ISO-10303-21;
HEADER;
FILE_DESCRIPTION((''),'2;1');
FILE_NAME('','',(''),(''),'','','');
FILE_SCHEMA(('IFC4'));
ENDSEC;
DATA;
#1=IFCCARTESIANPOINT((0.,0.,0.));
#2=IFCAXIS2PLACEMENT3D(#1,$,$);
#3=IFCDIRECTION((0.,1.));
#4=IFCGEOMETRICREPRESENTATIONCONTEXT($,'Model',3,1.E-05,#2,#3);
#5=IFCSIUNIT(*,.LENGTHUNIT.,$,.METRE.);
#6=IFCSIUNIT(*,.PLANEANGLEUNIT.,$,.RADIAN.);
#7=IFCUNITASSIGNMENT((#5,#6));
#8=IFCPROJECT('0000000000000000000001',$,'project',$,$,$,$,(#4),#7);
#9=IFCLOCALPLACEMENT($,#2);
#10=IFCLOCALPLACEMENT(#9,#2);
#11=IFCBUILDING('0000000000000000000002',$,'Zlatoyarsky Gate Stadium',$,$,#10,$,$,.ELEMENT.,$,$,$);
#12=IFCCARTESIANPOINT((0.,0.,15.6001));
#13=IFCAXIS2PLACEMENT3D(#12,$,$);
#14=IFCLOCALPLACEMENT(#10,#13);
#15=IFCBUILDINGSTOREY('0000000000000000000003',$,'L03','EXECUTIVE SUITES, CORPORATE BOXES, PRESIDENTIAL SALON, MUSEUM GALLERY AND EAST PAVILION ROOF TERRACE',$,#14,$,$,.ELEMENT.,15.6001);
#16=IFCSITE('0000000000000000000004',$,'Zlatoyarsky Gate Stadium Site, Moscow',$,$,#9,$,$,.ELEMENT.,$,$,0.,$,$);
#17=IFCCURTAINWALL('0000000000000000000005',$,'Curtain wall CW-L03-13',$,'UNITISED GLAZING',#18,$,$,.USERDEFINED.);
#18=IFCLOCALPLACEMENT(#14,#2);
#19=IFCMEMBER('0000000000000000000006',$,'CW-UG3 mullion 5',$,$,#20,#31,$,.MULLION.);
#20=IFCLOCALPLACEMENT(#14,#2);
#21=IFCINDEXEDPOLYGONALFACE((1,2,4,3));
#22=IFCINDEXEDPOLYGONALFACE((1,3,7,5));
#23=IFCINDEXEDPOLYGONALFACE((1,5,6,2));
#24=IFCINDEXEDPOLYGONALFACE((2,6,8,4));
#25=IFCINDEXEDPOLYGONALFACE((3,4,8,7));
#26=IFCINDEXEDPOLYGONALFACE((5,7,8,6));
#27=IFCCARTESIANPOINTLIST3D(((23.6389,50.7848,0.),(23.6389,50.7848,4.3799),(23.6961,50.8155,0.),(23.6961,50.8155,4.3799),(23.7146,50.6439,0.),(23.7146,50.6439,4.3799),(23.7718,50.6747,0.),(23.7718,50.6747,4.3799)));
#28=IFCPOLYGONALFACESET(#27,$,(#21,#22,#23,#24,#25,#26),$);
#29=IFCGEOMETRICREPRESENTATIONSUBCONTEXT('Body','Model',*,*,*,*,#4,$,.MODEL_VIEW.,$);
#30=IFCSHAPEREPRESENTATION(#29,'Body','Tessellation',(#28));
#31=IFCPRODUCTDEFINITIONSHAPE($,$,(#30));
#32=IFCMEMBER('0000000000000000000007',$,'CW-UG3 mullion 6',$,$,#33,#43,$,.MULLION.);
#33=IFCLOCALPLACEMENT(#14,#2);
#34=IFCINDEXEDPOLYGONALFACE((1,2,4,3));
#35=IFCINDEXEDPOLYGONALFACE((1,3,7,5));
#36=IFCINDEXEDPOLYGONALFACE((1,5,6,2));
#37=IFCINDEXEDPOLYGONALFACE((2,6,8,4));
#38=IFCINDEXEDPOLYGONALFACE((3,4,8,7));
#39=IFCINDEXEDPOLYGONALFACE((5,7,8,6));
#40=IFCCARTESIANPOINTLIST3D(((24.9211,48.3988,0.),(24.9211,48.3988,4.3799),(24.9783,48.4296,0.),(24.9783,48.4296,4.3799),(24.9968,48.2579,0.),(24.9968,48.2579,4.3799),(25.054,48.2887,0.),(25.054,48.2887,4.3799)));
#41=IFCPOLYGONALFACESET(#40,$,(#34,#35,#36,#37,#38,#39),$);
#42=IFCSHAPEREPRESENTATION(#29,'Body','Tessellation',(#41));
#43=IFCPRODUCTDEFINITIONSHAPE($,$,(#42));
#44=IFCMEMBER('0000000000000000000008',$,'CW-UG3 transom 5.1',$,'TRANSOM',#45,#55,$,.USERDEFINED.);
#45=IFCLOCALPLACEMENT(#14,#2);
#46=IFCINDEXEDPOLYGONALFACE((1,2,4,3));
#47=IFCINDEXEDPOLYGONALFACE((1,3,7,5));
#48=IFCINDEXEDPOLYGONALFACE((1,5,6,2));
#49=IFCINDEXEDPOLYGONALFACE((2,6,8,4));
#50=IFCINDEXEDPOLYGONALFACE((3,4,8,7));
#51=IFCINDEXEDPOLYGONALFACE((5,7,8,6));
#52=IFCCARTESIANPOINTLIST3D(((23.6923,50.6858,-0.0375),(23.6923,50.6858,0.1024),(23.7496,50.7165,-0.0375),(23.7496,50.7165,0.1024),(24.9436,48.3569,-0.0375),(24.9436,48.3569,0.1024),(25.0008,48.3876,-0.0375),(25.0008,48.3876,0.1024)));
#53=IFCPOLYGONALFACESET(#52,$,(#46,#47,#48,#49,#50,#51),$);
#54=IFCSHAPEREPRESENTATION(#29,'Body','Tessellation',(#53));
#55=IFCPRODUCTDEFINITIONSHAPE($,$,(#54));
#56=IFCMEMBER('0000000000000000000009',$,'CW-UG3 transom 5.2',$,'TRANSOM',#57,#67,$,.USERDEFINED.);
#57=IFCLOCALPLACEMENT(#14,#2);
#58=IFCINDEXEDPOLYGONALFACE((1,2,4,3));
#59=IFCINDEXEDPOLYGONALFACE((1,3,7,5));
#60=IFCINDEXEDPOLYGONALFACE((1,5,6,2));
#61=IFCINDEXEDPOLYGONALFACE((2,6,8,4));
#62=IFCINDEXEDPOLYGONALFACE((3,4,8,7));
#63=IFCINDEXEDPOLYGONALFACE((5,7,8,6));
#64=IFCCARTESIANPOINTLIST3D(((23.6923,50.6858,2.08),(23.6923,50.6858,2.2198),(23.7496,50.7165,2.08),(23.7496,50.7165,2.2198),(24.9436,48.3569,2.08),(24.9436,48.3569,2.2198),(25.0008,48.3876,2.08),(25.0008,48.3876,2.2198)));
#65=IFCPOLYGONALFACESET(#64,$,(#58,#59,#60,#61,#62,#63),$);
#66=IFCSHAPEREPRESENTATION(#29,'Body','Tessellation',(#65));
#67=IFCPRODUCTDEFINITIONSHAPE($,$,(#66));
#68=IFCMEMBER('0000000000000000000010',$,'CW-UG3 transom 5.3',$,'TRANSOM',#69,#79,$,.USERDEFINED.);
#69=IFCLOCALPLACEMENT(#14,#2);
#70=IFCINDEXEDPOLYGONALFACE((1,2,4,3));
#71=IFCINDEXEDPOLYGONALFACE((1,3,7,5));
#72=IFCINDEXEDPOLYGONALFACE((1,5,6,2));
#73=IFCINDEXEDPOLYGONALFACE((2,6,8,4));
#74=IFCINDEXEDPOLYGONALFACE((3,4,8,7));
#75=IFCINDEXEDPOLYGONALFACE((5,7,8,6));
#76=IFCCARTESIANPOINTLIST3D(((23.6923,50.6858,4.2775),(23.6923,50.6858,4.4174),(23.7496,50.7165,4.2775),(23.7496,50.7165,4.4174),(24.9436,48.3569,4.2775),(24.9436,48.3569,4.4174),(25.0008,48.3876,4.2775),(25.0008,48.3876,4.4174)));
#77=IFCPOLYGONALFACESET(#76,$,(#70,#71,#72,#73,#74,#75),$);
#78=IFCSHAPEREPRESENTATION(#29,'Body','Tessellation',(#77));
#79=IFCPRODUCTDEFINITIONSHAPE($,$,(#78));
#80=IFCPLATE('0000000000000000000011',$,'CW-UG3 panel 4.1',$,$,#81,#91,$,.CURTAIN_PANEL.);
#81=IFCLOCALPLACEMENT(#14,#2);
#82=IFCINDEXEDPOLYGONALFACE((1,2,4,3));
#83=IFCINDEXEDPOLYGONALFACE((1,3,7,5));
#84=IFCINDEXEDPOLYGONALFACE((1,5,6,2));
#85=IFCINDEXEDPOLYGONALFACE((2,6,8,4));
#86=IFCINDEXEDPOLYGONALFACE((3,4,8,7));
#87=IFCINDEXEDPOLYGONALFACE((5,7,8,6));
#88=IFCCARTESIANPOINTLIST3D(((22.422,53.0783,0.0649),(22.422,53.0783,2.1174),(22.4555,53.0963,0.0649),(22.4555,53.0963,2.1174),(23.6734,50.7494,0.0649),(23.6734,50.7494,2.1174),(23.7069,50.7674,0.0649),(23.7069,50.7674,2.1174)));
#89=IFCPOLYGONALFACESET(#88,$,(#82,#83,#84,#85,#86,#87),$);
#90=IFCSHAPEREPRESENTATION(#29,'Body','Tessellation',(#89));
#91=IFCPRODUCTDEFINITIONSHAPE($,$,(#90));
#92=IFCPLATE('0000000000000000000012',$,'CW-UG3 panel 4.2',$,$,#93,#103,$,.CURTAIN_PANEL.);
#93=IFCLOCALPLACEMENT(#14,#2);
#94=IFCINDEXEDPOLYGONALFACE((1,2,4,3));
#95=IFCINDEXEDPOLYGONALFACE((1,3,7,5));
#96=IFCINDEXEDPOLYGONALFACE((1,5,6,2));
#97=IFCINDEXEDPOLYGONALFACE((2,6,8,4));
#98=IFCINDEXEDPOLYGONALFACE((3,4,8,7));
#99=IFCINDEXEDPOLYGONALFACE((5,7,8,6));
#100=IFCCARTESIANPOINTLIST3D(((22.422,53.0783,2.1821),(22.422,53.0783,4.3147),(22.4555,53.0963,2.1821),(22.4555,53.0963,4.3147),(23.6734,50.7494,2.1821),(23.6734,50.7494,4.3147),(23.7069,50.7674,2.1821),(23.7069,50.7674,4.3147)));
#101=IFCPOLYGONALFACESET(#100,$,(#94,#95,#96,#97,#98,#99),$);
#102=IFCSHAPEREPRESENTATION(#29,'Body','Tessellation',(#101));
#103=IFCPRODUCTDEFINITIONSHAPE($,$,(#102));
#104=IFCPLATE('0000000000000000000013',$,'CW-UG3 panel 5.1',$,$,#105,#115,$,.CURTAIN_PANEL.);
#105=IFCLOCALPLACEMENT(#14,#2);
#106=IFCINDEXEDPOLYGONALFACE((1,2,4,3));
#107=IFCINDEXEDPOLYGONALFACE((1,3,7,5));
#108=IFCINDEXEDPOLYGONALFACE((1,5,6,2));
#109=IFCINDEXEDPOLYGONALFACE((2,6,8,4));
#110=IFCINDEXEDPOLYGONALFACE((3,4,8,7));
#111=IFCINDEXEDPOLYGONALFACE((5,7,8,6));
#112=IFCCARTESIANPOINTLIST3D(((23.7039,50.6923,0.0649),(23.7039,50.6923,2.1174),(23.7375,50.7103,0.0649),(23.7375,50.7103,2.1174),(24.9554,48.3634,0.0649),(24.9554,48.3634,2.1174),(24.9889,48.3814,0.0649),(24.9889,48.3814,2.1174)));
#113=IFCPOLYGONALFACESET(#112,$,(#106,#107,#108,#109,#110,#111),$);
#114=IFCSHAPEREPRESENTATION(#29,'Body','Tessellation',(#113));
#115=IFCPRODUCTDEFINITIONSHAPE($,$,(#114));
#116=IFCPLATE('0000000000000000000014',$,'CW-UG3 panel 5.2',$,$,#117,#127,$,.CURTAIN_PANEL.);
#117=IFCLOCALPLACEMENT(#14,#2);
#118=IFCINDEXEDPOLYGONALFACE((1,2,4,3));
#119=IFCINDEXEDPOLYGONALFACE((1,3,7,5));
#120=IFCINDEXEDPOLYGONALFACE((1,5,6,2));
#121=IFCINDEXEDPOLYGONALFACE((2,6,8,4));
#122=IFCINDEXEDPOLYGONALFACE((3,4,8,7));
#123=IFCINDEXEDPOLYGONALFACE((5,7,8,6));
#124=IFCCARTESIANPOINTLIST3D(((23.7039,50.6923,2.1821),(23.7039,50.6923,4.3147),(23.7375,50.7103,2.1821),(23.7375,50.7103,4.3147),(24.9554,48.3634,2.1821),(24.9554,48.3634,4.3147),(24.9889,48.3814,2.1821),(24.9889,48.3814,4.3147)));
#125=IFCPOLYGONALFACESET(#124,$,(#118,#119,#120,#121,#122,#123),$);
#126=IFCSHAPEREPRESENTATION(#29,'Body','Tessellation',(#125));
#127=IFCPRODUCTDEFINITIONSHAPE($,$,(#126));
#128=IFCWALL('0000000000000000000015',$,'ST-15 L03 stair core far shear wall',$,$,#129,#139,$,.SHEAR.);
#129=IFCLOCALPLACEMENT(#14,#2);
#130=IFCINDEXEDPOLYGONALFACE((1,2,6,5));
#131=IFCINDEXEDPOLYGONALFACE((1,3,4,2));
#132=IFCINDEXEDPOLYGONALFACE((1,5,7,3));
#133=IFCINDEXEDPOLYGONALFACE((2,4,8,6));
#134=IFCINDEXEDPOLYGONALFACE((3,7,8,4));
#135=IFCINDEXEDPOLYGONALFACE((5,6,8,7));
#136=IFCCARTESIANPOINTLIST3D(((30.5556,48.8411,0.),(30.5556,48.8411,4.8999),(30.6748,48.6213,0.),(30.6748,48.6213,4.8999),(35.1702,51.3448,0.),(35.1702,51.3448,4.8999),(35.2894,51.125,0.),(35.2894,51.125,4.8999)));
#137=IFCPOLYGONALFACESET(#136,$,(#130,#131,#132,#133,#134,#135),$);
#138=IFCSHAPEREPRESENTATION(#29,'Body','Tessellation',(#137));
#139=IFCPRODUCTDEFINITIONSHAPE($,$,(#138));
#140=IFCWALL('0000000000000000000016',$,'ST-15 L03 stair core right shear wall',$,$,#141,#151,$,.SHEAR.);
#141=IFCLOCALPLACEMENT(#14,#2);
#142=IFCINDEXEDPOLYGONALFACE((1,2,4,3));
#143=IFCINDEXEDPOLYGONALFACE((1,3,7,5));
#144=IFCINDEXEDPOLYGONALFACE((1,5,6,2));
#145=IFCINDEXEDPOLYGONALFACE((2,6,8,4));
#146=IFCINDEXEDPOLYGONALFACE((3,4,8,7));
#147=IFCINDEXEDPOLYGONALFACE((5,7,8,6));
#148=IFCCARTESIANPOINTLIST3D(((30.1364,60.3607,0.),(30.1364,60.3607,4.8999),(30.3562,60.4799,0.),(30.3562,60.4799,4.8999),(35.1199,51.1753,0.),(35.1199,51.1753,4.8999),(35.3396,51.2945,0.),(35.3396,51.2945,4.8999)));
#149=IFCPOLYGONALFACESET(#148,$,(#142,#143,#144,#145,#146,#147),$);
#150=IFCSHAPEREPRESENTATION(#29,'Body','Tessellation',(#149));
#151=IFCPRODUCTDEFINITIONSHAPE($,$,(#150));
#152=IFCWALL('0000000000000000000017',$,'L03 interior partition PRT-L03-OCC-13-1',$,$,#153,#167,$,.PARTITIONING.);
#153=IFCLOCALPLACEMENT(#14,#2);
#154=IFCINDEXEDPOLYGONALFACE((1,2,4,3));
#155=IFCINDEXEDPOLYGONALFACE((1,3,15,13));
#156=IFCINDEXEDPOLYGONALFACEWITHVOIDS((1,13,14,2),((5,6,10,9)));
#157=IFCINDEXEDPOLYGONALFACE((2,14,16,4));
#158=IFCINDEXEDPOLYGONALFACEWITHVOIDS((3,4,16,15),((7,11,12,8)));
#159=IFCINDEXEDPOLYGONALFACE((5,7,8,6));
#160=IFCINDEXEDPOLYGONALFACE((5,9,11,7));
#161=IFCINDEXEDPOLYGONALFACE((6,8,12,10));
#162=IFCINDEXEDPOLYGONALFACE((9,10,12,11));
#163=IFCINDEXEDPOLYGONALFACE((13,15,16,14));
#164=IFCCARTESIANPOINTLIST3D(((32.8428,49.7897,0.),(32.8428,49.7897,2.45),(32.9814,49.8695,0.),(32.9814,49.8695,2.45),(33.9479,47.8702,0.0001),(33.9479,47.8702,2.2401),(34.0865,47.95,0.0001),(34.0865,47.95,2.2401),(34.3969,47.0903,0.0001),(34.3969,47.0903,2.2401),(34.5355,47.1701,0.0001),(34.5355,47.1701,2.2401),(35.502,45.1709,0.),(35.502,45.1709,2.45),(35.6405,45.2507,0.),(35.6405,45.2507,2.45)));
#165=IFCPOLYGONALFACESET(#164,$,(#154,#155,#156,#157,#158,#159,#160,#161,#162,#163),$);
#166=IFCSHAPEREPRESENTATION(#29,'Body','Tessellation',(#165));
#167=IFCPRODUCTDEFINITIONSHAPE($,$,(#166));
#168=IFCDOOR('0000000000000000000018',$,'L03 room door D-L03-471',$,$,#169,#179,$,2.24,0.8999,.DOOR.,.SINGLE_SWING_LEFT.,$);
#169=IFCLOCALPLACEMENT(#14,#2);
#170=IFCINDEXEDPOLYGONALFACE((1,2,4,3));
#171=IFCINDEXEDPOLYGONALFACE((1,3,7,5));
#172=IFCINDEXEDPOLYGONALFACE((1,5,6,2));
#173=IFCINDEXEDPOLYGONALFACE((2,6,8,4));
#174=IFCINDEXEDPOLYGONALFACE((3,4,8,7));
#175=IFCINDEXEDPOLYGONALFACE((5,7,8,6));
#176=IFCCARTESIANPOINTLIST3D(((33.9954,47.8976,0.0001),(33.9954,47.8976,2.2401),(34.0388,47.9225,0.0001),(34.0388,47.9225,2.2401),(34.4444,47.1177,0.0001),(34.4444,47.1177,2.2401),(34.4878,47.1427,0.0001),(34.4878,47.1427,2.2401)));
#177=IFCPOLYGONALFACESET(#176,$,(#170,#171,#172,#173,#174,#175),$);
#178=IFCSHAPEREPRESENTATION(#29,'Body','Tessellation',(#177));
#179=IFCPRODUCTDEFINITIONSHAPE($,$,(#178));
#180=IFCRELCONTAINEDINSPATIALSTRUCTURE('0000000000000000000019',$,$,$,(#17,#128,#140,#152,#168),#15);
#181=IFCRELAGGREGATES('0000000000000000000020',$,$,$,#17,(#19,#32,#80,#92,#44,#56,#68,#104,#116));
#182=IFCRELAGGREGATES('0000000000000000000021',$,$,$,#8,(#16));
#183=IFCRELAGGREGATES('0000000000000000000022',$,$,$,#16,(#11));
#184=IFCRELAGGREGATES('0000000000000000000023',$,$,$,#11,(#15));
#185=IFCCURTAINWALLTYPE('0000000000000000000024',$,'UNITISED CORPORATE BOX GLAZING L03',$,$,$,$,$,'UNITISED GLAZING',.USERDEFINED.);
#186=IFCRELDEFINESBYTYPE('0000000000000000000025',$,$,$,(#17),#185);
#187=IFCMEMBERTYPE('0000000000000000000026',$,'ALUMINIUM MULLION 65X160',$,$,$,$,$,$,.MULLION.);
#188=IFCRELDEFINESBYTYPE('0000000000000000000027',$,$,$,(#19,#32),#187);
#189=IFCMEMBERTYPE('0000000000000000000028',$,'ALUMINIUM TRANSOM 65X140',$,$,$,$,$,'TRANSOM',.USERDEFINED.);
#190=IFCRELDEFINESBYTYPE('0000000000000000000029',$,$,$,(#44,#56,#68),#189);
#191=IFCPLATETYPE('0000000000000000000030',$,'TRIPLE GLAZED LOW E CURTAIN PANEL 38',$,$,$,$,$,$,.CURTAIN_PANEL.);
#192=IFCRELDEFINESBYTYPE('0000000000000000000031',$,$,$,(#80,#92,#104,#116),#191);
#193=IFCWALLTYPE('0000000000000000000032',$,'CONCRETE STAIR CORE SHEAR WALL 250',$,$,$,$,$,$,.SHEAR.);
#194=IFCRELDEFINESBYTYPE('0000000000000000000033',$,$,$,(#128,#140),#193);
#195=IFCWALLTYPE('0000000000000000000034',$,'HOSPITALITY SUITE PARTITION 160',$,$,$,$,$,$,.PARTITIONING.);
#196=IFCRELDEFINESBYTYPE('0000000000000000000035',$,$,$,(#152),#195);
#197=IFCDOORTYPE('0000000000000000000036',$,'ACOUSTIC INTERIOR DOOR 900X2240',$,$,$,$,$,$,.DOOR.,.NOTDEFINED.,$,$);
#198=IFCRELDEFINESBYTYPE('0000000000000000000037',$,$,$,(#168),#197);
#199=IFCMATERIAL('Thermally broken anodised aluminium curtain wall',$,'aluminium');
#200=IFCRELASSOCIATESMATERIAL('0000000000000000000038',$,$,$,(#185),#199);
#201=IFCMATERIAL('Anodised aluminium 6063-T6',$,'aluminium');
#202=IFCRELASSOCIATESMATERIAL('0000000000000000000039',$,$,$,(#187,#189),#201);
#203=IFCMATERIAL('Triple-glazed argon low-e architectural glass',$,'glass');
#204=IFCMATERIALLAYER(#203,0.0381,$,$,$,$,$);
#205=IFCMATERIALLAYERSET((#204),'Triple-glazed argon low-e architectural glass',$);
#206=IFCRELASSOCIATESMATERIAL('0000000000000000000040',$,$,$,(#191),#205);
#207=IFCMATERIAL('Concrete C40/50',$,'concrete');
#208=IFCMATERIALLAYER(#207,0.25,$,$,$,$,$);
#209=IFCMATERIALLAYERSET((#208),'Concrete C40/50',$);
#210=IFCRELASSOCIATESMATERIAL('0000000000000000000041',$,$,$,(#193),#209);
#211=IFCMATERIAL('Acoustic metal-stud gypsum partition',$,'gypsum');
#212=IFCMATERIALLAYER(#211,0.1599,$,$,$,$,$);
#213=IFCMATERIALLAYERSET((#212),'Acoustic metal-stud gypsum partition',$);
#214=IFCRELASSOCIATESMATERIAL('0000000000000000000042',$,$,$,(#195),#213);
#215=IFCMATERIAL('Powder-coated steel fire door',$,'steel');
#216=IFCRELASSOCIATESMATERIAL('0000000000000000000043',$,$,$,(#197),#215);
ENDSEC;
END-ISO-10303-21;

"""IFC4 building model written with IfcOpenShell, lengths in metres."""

from ifc_helpers import new_model, si_unit, direction, frame, frame_2d, origin, origin_2d, place, context, subcontext, project, spatial, rectangle, extrude, material, layer, layer_set, material_profile, profile_set, type_object, element, fill, aggregate, save


model = new_model("IFC4")

# Units and contexts
model_context = context("Model", 3, precision=1e-05, world=origin(), true_north=direction((0.0, 1.0)))
body_context = subcontext(model_context, "Body", "Model", "MODEL_VIEW")
ifc_project = project(units=[si_unit("LENGTHUNIT", "METRE"), si_unit("PLANEANGLEUNIT", "RADIAN")], contexts=[model_context])

# Site, building, storey
site_placement = place(None, origin())
site = spatial("IfcSite", under=ifc_project, at=site_placement, Name="Zlatoyarsky Gate Stadium Site, Moscow", CompositionType="ELEMENT", RefElevation=0.0)
building_placement = place(site_placement, origin())
building = spatial("IfcBuilding", under=site, at=building_placement, Name="Zlatoyarsky Gate Stadium", CompositionType="ELEMENT")
storey_placement = place(building_placement, frame((0.0, 0.0, 15.6001)))
storey = spatial("IfcBuildingStorey", under=building, at=storey_placement, Name="L03", Description="EXECUTIVE SUITES, CORPORATE BOXES, PRESIDENTIAL SALON, MUSEUM GALLERY AND EAST PAVILION ROOF TERRACE", CompositionType="ELEMENT", Elevation=15.6001)

# Curtain wall, members, plates
ifc_material_1 = material(Name="Thermally broken anodised aluminium curtain wall", Category="aluminium")
curtain_wall_type = type_object("IfcCurtainWallType", Name="UNITISED CORPORATE BOX GLAZING L03", ElementType="UNITISED GLAZING", PredefinedType="USERDEFINED", material=ifc_material_1)
curtain_wall_placement = place(storey_placement, origin())
curtain_wall = element("IfcCurtainWall", 1, at=curtain_wall_placement, inside=storey, type_object=curtain_wall_type, Name="Curtain wall CW-L03-13", ObjectType="UNITISED GLAZING", PredefinedType="USERDEFINED")
ifc_material_2 = material(Name="Anodised aluminium 6063-T6", Category="aluminium")
ifc_material_profile_1 = material_profile(ifc_material_2, rectangle(XDim=0.0649, YDim=0.1599, at=origin_2d()), Name="ALU 65X160")
ifc_profile_set_1 = profile_set([ifc_material_profile_1], Name="Anodised aluminium 6063-T6")
member_type_1 = type_object("IfcMemberType", Name="ALUMINIUM MULLION 65X160", PredefinedType="MULLION", material=ifc_profile_set_1)
member_1_placement = place(storey_placement, frame((23.7053, 50.7297, 0.0), z_axis=(0.0, 0.0, 1.0), x_axis=(0.880877, 0.473345, 0.0)))
member_1 = element("IfcMember", 2, at=member_1_placement, type_object=member_type_1, Name="CW-UG3 mullion 5", PredefinedType="MULLION", context=body_context, shape_type="SweptSolid", body=[
    extrude(rectangle(XDim=0.0649, YDim=0.1599, at=origin_2d()), origin(), (0.0, 0.0, 1.0), 4.3799),
])
member_2_placement = place(storey_placement, frame((24.9875, 48.3438, 0.0), z_axis=(0.0, 0.0, 1.0), x_axis=(0.880877, 0.473345, 0.0)))
member_2 = element("IfcMember", 3, at=member_2_placement, type_object=member_type_1, Name="CW-UG3 mullion 6", PredefinedType="MULLION", context=body_context, shape_type="SweptSolid", body=[
    extrude(rectangle(XDim=0.0649, YDim=0.1599, at=origin_2d()), origin(), (0.0, 0.0, 1.0), 4.3799),
])
ifc_material_profile_2 = material_profile(ifc_material_2, rectangle(XDim=0.0649, YDim=0.1399, at=origin_2d()), Name="ALU 65X140")
ifc_profile_set_2 = profile_set([ifc_material_profile_2], Name="Anodised aluminium 6063-T6")
member_type_2 = type_object("IfcMemberType", Name="ALUMINIUM TRANSOM 65X140", ElementType="TRANSOM", PredefinedType="USERDEFINED", material=ifc_profile_set_2)
member_3_placement = place(storey_placement, frame((23.7209, 50.7012, 0.0325), z_axis=(0.473285, -0.88091, 0.0), x_axis=(0.88091, 0.473285, 0.0)))
member_3 = element("IfcMember", 4, at=member_3_placement, type_object=member_type_2, Name="CW-UG3 transom 5.1", ObjectType="TRANSOM", PredefinedType="USERDEFINED", context=body_context, shape_type="SweptSolid", body=[
    extrude(rectangle(XDim=0.0649, YDim=0.1399, at=origin_2d()), origin(), (0.0, 0.0, 1.0), 2.6438),
])
member_4_placement = place(storey_placement, frame((23.7209, 50.7012, 2.1499), z_axis=(0.473285, -0.88091, 0.0), x_axis=(0.88091, 0.473285, 0.0)))
member_4 = element("IfcMember", 5, at=member_4_placement, type_object=member_type_2, Name="CW-UG3 transom 5.2", ObjectType="TRANSOM", PredefinedType="USERDEFINED", context=body_context, shape_type="SweptSolid", body=[
    extrude(rectangle(XDim=0.0649, YDim=0.1399, at=origin_2d()), origin(), (0.0, 0.0, 1.0), 2.6438),
])
member_5_placement = place(storey_placement, frame((23.7209, 50.7012, 4.3474), z_axis=(0.473285, -0.88091, 0.0), x_axis=(0.88091, 0.473285, 0.0)))
member_5 = element("IfcMember", 6, at=member_5_placement, type_object=member_type_2, Name="CW-UG3 transom 5.3", ObjectType="TRANSOM", PredefinedType="USERDEFINED", context=body_context, shape_type="SweptSolid", body=[
    extrude(rectangle(XDim=0.0649, YDim=0.1399, at=origin_2d()), origin(), (0.0, 0.0, 1.0), 2.6438),
])
ifc_material_3 = material(Name="Triple-glazed argon low-e architectural glass", Category="glass")
ifc_layer_1 = layer(ifc_material_3, 0.0381)
ifc_layer_set_1 = layer_set([ifc_layer_1], Name="Triple-glazed argon low-e architectural glass")
plate_type = type_object("IfcPlateType", Name="TRIPLE GLAZED LOW E CURTAIN PANEL 38", PredefinedType="CURTAIN_PANEL", material=ifc_layer_set_1)
plate_1_placement = place(storey_placement, frame((23.0645, 51.9229, 0.0649), z_axis=(0.0, 0.0, 1.0), x_axis=(0.473345, -0.880877, 0.0)))
plate_1 = element("IfcPlate", 7, at=plate_1_placement, type_object=plate_type, Name="CW-UG3 panel 4.1", PredefinedType="CURTAIN_PANEL", context=body_context, shape_type="SweptSolid", body=[
    extrude(rectangle(XDim=2.6438, YDim=0.0381, at=origin_2d()), origin(), (0.0, 0.0, 1.0), 2.0525),
])
plate_2_placement = place(storey_placement, frame((23.0645, 51.9229, 2.1821), z_axis=(0.0, 0.0, 1.0), x_axis=(0.473345, -0.880877, 0.0)))
plate_2 = element("IfcPlate", 8, at=plate_2_placement, type_object=plate_type, Name="CW-UG3 panel 4.2", PredefinedType="CURTAIN_PANEL", context=body_context, shape_type="SweptSolid", body=[
    extrude(rectangle(XDim=2.6438, YDim=0.0381, at=origin_2d()), origin(), (0.0, 0.0, 1.0), 2.1326),
])
plate_3_placement = place(storey_placement, frame((24.3464, 49.5369, 0.0649), z_axis=(0.0, 0.0, 1.0), x_axis=(0.473345, -0.880877, 0.0)))
plate_3 = element("IfcPlate", 9, at=plate_3_placement, type_object=plate_type, Name="CW-UG3 panel 5.1", PredefinedType="CURTAIN_PANEL", context=body_context, shape_type="SweptSolid", body=[
    extrude(rectangle(XDim=2.6438, YDim=0.0381, at=origin_2d()), origin(), (0.0, 0.0, 1.0), 2.0525),
])
plate_4_placement = place(storey_placement, frame((24.3464, 49.5369, 2.1821), z_axis=(0.0, 0.0, 1.0), x_axis=(0.473345, -0.880877, 0.0)))
plate_4 = element("IfcPlate", 10, at=plate_4_placement, type_object=plate_type, Name="CW-UG3 panel 5.2", PredefinedType="CURTAIN_PANEL", context=body_context, shape_type="SweptSolid", body=[
    extrude(rectangle(XDim=2.6438, YDim=0.0381, at=origin_2d()), origin(), (0.0, 0.0, 1.0), 2.1326),
])
aggregate(curtain_wall, [member_1, member_2, plate_1, plate_2, member_3, member_4, member_5, plate_3, plate_4])

# Walls
ifc_material_4 = material(Name="Concrete C40/50", Category="concrete")
ifc_layer_2 = layer(ifc_material_4, 0.25)
ifc_layer_set_2 = layer_set([ifc_layer_2], Name="Concrete C40/50")
wall_type_1 = type_object("IfcWallType", Name="CONCRETE STAIR CORE SHEAR WALL 250", PredefinedType="SHEAR", material=ifc_layer_set_2)
wall_1_placement = place(storey_placement, frame((30.6152, 48.7312, 0.0), z_axis=(0.0, 0.0, 1.0), x_axis=(0.878961, 0.476893, 0.0)))
element("IfcWall", 11, at=wall_1_placement, inside=storey, type_object=wall_type_1, Name="ST-15 L03 stair core far shear wall", PredefinedType="SHEAR", context=body_context, shape_type="SweptSolid", body=[
    extrude(rectangle(XDim=5.25, YDim=0.25, at=frame_2d((2.625, 0.0))), origin(), (0.0, 0.0, 1.0), 4.8999),
])
wall_2_placement = place(storey_placement, frame((35.2297, 51.2349, 0.0), z_axis=(0.0, 0.0, 1.0), x_axis=(-0.476877, 0.87897, 0.0)))
element("IfcWall", 12, at=wall_2_placement, inside=storey, type_object=wall_type_1, Name="ST-15 L03 stair core right shear wall", PredefinedType="SHEAR", context=body_context, shape_type="SweptSolid", body=[
    extrude(rectangle(XDim=10.4502, YDim=0.25, at=frame_2d((5.2251, 0.0))), origin(), (0.0, 0.0, 1.0), 4.8999),
])

# Wall, opening, door
ifc_material_5 = material(Name="Acoustic metal-stud gypsum partition", Category="gypsum")
ifc_layer_3 = layer(ifc_material_5, 0.1599)
ifc_layer_set_3 = layer_set([ifc_layer_3], Name="Acoustic metal-stud gypsum partition")
wall_type_2 = type_object("IfcWallType", Name="HOSPITALITY SUITE PARTITION 160", PredefinedType="PARTITIONING", material=ifc_layer_set_3)
wall_3_placement = place(storey_placement, frame((32.9121, 49.8296, 0.0), z_axis=(0.0, 0.0, 1.0), x_axis=(0.498938, -0.866637, 0.0)))
wall_3 = element("IfcWall", 13, at=wall_3_placement, inside=storey, type_object=wall_type_2, Name="L03 interior partition PRT-L03-OCC-13-1", PredefinedType="PARTITIONING", context=body_context, shape_type="SweptSolid", body=[
    extrude(rectangle(XDim=5.3296, YDim=0.1599, at=frame_2d((2.6648, 0.0))), origin(), (0.0, 0.0, 1.0), 2.45),
])
opening_placement = place(wall_3_placement, frame((2.2148, 0.0, 0.0)))
opening = element("IfcOpeningElement", 14, at=opening_placement, cuts=wall_3, PredefinedType="OPENING", context=body_context, shape_type="SweptSolid", body=[
    extrude(rectangle(XDim=0.8999, YDim=2.24, at=frame_2d((0.45, 1.1201))), frame((0.0, 0.0898, 0.0), z_axis=(0.0, -1.0, 0.0), x_axis=(1.0, 0.0, 0.0)), (0.0, 0.0, 1.0), 0.1799),
])
ifc_material_6 = material(Name="Powder-coated steel fire door", Category="steel")
door_type = type_object("IfcDoorType", Name="ACOUSTIC INTERIOR DOOR 900X2240", OperationType="NOTDEFINED", PredefinedType="DOOR", material=ifc_material_6)
door_placement = place(opening_placement, origin())
door = element("IfcDoor", 15, at=door_placement, inside=storey, type_object=door_type, Name="L03 room door D-L03-471", OperationType="SINGLE_SWING_LEFT", OverallHeight=2.24, OverallWidth=0.8999, PredefinedType="DOOR", context=body_context, shape_type="SweptSolid", body=[
    extrude(rectangle(XDim=0.8999, YDim=2.24, at=frame_2d((0.45, 1.1201))), frame((0.0, 0.0249, 0.0), z_axis=(0.0, -1.0, 0.0), x_axis=(1.0, 0.0, 0.0)), (0.0, 0.0, 1.0), 0.05),
])
fill(opening, door)

save(model, "model.ifc")
